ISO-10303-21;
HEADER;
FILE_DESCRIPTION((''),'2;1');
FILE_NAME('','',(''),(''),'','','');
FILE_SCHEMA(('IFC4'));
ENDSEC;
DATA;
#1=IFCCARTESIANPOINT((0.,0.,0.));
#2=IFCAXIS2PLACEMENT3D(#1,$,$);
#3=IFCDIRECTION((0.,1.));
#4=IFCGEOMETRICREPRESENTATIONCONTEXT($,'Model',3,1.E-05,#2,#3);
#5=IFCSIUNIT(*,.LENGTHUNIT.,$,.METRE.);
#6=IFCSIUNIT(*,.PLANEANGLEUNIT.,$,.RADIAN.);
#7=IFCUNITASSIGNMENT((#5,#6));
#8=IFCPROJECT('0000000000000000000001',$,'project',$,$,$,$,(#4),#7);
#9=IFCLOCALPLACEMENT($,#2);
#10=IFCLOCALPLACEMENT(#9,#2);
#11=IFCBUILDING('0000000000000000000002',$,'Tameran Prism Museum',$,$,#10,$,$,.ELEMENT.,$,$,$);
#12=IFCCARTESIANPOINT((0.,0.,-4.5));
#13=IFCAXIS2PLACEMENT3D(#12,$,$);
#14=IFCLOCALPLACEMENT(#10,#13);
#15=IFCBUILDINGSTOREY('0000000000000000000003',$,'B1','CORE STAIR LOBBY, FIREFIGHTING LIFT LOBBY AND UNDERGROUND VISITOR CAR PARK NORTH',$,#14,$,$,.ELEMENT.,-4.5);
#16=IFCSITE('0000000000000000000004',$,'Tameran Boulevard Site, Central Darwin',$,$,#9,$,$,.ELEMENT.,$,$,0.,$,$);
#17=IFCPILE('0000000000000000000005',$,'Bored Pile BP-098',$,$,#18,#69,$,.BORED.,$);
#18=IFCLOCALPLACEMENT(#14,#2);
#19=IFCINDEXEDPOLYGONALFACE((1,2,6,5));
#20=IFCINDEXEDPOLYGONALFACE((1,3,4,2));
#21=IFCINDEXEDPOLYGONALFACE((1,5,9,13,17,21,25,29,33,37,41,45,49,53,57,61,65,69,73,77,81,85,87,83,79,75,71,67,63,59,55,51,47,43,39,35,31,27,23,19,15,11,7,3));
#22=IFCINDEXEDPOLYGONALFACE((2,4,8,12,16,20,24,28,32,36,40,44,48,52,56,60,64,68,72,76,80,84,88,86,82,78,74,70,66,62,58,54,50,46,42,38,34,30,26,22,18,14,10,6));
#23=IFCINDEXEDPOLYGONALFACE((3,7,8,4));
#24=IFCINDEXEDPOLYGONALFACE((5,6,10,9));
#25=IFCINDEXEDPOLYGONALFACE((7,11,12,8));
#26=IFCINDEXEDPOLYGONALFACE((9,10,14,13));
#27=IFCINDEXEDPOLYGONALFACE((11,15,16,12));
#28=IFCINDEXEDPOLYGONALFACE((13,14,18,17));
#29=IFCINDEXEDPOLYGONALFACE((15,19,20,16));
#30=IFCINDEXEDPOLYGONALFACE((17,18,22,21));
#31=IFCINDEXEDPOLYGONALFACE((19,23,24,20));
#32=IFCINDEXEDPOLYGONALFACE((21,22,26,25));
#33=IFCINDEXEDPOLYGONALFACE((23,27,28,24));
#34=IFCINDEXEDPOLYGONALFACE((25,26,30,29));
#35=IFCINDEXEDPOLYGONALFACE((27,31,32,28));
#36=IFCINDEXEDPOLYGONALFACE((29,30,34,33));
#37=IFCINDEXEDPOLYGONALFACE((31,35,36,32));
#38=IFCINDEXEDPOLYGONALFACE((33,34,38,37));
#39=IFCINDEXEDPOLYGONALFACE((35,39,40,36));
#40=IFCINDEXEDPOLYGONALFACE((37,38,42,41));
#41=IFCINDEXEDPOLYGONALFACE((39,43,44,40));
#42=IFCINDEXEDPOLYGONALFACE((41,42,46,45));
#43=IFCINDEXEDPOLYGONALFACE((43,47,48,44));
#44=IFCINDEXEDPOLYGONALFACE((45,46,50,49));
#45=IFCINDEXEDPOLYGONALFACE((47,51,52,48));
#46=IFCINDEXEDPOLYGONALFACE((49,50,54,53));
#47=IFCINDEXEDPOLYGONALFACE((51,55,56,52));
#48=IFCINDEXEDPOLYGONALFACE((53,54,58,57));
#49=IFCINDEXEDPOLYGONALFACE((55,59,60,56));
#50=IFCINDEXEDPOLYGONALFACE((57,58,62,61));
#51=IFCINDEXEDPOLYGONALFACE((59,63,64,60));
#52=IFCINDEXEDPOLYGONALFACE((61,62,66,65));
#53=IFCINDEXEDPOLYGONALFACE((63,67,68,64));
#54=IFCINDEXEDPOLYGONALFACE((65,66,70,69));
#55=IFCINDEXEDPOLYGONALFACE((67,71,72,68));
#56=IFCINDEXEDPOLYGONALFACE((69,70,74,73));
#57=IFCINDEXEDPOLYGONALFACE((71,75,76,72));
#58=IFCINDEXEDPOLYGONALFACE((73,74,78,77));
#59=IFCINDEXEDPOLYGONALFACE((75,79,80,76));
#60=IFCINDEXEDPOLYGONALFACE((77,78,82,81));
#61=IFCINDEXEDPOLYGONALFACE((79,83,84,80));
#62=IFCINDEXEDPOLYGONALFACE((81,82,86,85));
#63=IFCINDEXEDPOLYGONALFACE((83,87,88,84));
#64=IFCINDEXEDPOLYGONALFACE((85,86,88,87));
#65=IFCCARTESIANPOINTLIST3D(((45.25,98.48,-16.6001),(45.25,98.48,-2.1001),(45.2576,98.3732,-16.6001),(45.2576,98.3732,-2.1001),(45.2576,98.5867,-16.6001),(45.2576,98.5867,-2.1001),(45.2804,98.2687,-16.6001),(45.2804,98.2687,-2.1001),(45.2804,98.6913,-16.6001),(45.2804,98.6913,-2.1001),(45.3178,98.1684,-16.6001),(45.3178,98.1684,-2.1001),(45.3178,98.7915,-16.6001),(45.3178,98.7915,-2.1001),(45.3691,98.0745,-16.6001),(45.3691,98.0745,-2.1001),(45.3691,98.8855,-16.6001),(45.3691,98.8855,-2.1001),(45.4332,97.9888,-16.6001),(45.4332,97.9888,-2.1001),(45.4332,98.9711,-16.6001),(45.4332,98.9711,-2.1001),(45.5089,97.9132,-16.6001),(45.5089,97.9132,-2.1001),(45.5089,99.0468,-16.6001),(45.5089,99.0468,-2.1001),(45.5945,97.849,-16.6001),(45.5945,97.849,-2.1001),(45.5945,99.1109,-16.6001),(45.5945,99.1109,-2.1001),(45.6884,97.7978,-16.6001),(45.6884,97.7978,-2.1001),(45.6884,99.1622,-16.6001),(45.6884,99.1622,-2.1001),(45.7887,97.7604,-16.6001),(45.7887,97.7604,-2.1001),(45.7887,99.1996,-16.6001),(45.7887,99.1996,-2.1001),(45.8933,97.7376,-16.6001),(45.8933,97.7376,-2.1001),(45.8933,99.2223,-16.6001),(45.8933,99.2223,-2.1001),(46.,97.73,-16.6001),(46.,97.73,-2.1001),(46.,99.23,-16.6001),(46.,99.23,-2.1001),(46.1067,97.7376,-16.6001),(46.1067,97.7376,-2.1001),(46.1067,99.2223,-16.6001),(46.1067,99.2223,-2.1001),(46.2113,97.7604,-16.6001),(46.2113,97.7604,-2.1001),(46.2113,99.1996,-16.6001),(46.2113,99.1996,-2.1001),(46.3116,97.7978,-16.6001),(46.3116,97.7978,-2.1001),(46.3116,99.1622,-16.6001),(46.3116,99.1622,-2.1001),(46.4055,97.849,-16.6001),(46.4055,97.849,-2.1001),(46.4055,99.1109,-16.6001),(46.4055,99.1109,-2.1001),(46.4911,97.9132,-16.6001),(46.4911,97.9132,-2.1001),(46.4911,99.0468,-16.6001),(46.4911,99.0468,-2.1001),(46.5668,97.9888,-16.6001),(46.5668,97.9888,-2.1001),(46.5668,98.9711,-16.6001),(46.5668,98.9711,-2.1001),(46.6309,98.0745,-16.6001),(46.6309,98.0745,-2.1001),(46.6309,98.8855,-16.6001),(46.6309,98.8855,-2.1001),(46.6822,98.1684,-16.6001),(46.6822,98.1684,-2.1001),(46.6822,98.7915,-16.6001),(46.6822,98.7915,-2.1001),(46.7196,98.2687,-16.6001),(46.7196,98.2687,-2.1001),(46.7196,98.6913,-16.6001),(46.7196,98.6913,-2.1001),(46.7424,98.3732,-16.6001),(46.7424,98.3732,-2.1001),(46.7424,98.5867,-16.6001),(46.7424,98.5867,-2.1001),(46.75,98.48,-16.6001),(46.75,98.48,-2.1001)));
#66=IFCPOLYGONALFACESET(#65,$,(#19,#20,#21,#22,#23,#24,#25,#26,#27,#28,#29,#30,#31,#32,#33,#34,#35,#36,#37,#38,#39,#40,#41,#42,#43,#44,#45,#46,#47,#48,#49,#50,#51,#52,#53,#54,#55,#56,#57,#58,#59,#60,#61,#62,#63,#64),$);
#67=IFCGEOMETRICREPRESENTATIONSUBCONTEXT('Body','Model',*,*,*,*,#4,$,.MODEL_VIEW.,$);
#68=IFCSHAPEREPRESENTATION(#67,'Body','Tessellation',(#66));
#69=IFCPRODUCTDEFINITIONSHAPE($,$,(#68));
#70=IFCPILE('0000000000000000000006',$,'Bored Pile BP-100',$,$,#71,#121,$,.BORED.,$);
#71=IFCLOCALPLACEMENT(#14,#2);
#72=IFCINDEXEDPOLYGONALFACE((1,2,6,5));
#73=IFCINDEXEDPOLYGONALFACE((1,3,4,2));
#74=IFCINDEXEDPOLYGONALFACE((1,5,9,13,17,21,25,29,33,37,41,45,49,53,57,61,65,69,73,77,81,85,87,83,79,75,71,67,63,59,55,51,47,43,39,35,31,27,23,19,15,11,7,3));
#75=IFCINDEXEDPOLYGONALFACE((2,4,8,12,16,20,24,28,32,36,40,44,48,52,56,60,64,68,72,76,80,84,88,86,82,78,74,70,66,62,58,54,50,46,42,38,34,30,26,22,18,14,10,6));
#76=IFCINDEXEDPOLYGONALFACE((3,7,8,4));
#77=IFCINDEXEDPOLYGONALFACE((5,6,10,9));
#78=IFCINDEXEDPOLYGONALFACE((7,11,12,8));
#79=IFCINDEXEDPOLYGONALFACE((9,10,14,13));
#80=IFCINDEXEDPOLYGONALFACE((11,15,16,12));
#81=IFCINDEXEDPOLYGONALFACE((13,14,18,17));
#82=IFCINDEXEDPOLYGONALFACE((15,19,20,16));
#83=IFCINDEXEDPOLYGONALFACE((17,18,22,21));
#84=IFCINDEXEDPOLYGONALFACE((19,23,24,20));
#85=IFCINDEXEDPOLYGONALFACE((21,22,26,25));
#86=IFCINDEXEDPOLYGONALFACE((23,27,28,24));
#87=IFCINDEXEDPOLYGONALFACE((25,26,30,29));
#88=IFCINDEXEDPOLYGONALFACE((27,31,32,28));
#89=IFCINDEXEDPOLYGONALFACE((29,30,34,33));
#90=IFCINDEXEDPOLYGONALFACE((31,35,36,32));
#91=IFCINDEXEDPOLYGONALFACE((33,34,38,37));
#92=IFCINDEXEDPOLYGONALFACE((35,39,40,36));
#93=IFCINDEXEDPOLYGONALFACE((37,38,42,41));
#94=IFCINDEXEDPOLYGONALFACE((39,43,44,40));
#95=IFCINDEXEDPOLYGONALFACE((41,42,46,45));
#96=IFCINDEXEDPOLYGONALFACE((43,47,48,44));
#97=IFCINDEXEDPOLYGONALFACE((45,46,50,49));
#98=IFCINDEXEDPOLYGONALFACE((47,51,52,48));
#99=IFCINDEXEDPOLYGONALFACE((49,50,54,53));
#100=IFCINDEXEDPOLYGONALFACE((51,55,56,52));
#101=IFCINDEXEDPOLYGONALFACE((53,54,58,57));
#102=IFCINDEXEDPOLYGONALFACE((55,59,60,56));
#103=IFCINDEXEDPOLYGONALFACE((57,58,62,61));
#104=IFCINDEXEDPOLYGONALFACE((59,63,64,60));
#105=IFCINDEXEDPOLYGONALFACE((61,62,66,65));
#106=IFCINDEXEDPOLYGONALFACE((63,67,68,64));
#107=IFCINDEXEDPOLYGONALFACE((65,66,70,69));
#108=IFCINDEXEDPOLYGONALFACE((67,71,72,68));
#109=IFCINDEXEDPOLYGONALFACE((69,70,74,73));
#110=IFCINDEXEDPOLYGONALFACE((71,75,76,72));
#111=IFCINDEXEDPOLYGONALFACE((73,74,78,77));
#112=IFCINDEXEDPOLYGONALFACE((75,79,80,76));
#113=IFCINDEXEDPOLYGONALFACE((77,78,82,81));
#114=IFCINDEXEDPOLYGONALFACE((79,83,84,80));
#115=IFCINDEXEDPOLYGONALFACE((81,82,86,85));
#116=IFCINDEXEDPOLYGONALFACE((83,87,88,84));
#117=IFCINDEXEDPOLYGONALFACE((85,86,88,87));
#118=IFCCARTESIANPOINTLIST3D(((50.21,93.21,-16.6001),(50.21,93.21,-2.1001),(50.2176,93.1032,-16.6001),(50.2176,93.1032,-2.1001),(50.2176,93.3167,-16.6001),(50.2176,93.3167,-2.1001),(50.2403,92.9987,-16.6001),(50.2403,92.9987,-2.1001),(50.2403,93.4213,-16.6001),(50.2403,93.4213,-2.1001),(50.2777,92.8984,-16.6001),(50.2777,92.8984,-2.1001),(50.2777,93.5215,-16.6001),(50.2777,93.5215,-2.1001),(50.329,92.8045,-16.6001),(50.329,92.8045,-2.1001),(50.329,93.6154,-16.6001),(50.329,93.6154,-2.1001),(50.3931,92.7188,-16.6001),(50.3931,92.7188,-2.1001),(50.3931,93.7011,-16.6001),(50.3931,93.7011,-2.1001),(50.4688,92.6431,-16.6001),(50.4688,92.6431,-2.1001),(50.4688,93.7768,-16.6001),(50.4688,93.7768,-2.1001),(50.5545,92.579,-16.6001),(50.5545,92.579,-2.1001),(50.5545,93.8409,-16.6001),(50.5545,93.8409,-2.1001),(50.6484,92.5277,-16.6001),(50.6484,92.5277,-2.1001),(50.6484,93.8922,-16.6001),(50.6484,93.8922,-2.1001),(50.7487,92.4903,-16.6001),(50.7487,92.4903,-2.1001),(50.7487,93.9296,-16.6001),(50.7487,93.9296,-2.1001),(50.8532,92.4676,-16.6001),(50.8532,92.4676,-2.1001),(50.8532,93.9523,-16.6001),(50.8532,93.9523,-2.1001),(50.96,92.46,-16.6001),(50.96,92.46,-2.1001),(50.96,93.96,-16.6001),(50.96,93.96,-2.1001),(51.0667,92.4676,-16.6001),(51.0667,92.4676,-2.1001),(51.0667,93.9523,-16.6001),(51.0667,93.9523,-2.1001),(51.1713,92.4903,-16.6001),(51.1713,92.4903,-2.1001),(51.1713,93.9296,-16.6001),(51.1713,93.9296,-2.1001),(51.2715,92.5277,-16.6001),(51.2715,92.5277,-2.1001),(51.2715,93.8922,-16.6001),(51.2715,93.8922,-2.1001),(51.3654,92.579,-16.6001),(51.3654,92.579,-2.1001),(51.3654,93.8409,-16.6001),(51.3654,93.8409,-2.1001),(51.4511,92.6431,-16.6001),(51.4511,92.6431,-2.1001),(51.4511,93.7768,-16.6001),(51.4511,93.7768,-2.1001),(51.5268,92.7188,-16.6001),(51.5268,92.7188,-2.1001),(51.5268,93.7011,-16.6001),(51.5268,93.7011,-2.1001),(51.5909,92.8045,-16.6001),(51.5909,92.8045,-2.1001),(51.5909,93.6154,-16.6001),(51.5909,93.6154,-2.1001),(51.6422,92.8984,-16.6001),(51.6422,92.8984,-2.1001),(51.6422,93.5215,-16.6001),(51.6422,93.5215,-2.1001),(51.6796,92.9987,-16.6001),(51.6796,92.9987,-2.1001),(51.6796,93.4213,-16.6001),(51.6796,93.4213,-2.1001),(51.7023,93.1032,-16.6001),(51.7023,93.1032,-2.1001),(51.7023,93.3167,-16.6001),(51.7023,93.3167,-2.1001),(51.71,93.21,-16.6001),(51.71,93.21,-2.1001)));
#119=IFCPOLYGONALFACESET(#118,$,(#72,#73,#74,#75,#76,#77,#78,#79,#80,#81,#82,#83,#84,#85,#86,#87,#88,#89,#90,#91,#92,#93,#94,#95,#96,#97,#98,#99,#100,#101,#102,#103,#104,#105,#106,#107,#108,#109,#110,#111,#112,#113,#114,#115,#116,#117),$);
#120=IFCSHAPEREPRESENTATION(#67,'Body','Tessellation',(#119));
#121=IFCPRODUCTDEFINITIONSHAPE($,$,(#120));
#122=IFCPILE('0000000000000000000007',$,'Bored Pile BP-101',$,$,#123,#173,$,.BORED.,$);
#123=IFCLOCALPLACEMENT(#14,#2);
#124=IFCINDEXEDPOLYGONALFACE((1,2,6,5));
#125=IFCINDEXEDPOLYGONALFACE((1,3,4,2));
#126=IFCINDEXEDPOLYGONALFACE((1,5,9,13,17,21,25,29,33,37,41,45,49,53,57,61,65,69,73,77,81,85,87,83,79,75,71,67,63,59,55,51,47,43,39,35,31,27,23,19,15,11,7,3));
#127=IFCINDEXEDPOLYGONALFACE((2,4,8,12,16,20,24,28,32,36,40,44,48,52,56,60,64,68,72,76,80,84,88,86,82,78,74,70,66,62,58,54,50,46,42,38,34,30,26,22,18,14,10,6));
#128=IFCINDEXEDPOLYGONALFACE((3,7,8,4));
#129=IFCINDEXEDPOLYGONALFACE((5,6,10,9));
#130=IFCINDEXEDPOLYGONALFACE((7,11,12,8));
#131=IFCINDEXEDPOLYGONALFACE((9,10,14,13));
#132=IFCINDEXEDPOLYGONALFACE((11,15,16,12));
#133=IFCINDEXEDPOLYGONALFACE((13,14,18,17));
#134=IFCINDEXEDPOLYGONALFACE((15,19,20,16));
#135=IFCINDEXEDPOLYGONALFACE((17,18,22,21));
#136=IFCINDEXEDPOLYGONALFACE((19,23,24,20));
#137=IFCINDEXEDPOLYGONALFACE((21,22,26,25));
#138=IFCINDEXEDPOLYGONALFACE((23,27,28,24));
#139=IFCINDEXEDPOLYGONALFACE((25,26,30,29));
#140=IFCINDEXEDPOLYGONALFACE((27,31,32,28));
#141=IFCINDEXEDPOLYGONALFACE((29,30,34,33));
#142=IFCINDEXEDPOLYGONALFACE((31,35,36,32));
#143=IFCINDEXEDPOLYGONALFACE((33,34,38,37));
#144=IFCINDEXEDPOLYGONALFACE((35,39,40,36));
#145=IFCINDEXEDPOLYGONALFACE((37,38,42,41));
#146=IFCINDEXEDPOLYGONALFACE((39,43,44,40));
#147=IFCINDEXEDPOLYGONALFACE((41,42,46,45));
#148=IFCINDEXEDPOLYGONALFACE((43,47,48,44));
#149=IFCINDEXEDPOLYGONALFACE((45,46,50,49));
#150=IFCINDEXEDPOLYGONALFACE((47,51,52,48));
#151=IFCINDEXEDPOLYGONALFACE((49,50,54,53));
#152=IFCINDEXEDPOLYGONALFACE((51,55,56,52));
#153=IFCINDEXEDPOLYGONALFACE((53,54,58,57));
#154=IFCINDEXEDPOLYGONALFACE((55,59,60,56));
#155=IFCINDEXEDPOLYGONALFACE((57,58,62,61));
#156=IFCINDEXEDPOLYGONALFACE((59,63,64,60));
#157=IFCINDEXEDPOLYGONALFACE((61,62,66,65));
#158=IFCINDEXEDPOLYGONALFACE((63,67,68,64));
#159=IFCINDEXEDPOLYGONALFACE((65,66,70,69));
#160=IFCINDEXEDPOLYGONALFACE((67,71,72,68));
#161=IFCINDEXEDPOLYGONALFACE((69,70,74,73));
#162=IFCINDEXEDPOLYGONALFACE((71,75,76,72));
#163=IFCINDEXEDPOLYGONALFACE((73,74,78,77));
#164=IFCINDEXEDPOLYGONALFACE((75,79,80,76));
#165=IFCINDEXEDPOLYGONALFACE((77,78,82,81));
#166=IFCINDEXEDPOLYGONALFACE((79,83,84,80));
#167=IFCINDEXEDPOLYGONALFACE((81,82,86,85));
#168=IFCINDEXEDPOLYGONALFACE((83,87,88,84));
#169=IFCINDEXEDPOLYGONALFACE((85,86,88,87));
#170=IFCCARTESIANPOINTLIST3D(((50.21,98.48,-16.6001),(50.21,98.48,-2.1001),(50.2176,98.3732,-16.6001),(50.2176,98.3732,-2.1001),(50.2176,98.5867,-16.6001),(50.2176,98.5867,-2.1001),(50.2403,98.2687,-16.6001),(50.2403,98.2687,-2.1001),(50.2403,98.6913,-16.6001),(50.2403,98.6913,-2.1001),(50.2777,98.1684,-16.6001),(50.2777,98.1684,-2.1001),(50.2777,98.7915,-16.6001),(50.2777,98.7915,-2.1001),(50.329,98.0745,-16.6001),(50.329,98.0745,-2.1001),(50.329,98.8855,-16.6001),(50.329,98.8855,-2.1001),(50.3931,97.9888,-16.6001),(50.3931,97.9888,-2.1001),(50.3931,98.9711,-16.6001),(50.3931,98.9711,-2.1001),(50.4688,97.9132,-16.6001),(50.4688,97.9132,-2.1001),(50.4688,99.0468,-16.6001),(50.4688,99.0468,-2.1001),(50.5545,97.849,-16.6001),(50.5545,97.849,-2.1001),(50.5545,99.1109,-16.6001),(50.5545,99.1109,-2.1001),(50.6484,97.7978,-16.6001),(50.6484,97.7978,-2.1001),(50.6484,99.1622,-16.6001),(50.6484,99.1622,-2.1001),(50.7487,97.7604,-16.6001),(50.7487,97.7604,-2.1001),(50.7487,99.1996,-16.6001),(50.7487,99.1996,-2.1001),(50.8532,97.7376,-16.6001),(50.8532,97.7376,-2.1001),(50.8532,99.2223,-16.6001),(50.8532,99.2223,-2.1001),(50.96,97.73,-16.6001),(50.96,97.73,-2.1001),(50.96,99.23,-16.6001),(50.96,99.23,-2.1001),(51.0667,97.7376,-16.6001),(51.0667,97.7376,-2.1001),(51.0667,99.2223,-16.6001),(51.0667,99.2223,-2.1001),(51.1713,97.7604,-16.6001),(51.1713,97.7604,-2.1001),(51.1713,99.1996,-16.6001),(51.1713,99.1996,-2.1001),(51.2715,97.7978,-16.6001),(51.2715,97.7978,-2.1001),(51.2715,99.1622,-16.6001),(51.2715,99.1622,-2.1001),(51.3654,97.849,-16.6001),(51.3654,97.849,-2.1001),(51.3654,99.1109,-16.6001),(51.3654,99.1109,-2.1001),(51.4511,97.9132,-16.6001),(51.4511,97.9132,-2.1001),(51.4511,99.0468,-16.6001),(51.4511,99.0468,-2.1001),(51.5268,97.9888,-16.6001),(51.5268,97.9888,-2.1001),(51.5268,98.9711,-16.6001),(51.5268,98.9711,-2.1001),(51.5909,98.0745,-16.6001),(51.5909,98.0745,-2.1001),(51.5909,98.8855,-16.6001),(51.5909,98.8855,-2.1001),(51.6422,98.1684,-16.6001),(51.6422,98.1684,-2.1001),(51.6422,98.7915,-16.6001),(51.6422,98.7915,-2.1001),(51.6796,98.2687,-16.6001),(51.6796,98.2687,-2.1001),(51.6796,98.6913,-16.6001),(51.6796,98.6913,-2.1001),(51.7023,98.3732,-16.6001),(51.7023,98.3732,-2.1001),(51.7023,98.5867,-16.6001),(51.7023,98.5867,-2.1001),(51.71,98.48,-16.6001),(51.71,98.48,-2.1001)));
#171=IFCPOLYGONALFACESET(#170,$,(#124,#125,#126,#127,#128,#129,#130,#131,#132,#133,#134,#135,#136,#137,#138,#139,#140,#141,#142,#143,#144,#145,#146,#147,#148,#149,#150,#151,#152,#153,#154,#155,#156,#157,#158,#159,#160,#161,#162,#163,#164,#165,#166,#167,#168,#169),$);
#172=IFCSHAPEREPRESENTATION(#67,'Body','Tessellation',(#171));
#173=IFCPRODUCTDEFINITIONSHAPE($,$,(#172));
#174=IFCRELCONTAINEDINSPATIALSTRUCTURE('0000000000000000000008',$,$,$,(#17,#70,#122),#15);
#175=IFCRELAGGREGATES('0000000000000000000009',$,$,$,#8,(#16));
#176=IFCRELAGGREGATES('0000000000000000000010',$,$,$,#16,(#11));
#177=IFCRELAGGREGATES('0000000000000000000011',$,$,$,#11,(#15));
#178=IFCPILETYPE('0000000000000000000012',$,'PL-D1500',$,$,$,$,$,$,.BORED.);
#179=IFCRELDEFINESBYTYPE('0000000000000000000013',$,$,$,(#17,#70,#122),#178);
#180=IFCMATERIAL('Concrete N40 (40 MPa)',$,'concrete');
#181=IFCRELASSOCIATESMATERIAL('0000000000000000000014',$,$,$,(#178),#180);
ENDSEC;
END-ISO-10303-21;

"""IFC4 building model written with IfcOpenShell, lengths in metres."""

from ifc_helpers import new_model, si_unit, direction, frame, origin, origin_2d, place, context, subcontext, project, spatial, circle, extrude, material, material_profile, profile_set, type_object, element, save


model = new_model("IFC4")

# Units and contexts
model_context = context("Model", 3, precision=1e-05, world=origin(), true_north=direction((0.0, 1.0)))
body_context = subcontext(model_context, "Body", "Model", "MODEL_VIEW")
ifc_project = project(units=[si_unit("LENGTHUNIT", "METRE"), si_unit("PLANEANGLEUNIT", "RADIAN")], contexts=[model_context])

# Site, building, storey
site_placement = place(None, origin())
site = spatial("IfcSite", under=ifc_project, at=site_placement, Name="Tameran Boulevard Site, Central Darwin", CompositionType="ELEMENT", RefElevation=0.0)
building_placement = place(site_placement, origin())
building = spatial("IfcBuilding", under=site, at=building_placement, Name="Tameran Prism Museum", CompositionType="ELEMENT")
storey_placement = place(building_placement, frame((0.0, 0.0, -4.5)))
storey = spatial("IfcBuildingStorey", under=building, at=storey_placement, Name="B1", Description="CORE STAIR LOBBY, FIREFIGHTING LIFT LOBBY AND UNDERGROUND VISITOR CAR PARK NORTH", CompositionType="ELEMENT", Elevation=-4.5)

# Piles
ifc_material_1 = material(Name="Concrete N40 (40 MPa)", Category="concrete")
ifc_material_profile_1 = material_profile(ifc_material_1, circle(Radius=0.75, at=origin_2d()))
ifc_profile_set_1 = profile_set([ifc_material_profile_1])
pile_type_1 = type_object("IfcPileType", Name="PL-D1500", PredefinedType="BORED", material=ifc_profile_set_1)
for number, where, z_axis, x_axis, name in (
    (1, (46.0, 98.48, -2.1001), (0.0, 0.0, -1.0), (1.0, 0.0, 0.0), "Bored Pile BP-098"),
    (2, (50.96, 93.21, -2.1001), (0.0, 0.0, -1.0), (1.0, 0.0, 0.0), "Bored Pile BP-100"),
    (3, (50.96, 98.48, -2.1001), (0.0, 0.0, -1.0), (1.0, 0.0, 0.0), "Bored Pile BP-101"),
):
    element("IfcPile", number, at=place(storey_placement, frame(where, z_axis=z_axis, x_axis=x_axis)), inside=storey, type_object=pile_type_1, Name=name, PredefinedType="BORED", context=body_context, shape_type="SweptSolid", body=[
        extrude(circle(Radius=0.75, at=origin_2d()), origin(), (0.0, 0.0, 1.0), 14.5),
    ])

save(model, "model.ifc")
